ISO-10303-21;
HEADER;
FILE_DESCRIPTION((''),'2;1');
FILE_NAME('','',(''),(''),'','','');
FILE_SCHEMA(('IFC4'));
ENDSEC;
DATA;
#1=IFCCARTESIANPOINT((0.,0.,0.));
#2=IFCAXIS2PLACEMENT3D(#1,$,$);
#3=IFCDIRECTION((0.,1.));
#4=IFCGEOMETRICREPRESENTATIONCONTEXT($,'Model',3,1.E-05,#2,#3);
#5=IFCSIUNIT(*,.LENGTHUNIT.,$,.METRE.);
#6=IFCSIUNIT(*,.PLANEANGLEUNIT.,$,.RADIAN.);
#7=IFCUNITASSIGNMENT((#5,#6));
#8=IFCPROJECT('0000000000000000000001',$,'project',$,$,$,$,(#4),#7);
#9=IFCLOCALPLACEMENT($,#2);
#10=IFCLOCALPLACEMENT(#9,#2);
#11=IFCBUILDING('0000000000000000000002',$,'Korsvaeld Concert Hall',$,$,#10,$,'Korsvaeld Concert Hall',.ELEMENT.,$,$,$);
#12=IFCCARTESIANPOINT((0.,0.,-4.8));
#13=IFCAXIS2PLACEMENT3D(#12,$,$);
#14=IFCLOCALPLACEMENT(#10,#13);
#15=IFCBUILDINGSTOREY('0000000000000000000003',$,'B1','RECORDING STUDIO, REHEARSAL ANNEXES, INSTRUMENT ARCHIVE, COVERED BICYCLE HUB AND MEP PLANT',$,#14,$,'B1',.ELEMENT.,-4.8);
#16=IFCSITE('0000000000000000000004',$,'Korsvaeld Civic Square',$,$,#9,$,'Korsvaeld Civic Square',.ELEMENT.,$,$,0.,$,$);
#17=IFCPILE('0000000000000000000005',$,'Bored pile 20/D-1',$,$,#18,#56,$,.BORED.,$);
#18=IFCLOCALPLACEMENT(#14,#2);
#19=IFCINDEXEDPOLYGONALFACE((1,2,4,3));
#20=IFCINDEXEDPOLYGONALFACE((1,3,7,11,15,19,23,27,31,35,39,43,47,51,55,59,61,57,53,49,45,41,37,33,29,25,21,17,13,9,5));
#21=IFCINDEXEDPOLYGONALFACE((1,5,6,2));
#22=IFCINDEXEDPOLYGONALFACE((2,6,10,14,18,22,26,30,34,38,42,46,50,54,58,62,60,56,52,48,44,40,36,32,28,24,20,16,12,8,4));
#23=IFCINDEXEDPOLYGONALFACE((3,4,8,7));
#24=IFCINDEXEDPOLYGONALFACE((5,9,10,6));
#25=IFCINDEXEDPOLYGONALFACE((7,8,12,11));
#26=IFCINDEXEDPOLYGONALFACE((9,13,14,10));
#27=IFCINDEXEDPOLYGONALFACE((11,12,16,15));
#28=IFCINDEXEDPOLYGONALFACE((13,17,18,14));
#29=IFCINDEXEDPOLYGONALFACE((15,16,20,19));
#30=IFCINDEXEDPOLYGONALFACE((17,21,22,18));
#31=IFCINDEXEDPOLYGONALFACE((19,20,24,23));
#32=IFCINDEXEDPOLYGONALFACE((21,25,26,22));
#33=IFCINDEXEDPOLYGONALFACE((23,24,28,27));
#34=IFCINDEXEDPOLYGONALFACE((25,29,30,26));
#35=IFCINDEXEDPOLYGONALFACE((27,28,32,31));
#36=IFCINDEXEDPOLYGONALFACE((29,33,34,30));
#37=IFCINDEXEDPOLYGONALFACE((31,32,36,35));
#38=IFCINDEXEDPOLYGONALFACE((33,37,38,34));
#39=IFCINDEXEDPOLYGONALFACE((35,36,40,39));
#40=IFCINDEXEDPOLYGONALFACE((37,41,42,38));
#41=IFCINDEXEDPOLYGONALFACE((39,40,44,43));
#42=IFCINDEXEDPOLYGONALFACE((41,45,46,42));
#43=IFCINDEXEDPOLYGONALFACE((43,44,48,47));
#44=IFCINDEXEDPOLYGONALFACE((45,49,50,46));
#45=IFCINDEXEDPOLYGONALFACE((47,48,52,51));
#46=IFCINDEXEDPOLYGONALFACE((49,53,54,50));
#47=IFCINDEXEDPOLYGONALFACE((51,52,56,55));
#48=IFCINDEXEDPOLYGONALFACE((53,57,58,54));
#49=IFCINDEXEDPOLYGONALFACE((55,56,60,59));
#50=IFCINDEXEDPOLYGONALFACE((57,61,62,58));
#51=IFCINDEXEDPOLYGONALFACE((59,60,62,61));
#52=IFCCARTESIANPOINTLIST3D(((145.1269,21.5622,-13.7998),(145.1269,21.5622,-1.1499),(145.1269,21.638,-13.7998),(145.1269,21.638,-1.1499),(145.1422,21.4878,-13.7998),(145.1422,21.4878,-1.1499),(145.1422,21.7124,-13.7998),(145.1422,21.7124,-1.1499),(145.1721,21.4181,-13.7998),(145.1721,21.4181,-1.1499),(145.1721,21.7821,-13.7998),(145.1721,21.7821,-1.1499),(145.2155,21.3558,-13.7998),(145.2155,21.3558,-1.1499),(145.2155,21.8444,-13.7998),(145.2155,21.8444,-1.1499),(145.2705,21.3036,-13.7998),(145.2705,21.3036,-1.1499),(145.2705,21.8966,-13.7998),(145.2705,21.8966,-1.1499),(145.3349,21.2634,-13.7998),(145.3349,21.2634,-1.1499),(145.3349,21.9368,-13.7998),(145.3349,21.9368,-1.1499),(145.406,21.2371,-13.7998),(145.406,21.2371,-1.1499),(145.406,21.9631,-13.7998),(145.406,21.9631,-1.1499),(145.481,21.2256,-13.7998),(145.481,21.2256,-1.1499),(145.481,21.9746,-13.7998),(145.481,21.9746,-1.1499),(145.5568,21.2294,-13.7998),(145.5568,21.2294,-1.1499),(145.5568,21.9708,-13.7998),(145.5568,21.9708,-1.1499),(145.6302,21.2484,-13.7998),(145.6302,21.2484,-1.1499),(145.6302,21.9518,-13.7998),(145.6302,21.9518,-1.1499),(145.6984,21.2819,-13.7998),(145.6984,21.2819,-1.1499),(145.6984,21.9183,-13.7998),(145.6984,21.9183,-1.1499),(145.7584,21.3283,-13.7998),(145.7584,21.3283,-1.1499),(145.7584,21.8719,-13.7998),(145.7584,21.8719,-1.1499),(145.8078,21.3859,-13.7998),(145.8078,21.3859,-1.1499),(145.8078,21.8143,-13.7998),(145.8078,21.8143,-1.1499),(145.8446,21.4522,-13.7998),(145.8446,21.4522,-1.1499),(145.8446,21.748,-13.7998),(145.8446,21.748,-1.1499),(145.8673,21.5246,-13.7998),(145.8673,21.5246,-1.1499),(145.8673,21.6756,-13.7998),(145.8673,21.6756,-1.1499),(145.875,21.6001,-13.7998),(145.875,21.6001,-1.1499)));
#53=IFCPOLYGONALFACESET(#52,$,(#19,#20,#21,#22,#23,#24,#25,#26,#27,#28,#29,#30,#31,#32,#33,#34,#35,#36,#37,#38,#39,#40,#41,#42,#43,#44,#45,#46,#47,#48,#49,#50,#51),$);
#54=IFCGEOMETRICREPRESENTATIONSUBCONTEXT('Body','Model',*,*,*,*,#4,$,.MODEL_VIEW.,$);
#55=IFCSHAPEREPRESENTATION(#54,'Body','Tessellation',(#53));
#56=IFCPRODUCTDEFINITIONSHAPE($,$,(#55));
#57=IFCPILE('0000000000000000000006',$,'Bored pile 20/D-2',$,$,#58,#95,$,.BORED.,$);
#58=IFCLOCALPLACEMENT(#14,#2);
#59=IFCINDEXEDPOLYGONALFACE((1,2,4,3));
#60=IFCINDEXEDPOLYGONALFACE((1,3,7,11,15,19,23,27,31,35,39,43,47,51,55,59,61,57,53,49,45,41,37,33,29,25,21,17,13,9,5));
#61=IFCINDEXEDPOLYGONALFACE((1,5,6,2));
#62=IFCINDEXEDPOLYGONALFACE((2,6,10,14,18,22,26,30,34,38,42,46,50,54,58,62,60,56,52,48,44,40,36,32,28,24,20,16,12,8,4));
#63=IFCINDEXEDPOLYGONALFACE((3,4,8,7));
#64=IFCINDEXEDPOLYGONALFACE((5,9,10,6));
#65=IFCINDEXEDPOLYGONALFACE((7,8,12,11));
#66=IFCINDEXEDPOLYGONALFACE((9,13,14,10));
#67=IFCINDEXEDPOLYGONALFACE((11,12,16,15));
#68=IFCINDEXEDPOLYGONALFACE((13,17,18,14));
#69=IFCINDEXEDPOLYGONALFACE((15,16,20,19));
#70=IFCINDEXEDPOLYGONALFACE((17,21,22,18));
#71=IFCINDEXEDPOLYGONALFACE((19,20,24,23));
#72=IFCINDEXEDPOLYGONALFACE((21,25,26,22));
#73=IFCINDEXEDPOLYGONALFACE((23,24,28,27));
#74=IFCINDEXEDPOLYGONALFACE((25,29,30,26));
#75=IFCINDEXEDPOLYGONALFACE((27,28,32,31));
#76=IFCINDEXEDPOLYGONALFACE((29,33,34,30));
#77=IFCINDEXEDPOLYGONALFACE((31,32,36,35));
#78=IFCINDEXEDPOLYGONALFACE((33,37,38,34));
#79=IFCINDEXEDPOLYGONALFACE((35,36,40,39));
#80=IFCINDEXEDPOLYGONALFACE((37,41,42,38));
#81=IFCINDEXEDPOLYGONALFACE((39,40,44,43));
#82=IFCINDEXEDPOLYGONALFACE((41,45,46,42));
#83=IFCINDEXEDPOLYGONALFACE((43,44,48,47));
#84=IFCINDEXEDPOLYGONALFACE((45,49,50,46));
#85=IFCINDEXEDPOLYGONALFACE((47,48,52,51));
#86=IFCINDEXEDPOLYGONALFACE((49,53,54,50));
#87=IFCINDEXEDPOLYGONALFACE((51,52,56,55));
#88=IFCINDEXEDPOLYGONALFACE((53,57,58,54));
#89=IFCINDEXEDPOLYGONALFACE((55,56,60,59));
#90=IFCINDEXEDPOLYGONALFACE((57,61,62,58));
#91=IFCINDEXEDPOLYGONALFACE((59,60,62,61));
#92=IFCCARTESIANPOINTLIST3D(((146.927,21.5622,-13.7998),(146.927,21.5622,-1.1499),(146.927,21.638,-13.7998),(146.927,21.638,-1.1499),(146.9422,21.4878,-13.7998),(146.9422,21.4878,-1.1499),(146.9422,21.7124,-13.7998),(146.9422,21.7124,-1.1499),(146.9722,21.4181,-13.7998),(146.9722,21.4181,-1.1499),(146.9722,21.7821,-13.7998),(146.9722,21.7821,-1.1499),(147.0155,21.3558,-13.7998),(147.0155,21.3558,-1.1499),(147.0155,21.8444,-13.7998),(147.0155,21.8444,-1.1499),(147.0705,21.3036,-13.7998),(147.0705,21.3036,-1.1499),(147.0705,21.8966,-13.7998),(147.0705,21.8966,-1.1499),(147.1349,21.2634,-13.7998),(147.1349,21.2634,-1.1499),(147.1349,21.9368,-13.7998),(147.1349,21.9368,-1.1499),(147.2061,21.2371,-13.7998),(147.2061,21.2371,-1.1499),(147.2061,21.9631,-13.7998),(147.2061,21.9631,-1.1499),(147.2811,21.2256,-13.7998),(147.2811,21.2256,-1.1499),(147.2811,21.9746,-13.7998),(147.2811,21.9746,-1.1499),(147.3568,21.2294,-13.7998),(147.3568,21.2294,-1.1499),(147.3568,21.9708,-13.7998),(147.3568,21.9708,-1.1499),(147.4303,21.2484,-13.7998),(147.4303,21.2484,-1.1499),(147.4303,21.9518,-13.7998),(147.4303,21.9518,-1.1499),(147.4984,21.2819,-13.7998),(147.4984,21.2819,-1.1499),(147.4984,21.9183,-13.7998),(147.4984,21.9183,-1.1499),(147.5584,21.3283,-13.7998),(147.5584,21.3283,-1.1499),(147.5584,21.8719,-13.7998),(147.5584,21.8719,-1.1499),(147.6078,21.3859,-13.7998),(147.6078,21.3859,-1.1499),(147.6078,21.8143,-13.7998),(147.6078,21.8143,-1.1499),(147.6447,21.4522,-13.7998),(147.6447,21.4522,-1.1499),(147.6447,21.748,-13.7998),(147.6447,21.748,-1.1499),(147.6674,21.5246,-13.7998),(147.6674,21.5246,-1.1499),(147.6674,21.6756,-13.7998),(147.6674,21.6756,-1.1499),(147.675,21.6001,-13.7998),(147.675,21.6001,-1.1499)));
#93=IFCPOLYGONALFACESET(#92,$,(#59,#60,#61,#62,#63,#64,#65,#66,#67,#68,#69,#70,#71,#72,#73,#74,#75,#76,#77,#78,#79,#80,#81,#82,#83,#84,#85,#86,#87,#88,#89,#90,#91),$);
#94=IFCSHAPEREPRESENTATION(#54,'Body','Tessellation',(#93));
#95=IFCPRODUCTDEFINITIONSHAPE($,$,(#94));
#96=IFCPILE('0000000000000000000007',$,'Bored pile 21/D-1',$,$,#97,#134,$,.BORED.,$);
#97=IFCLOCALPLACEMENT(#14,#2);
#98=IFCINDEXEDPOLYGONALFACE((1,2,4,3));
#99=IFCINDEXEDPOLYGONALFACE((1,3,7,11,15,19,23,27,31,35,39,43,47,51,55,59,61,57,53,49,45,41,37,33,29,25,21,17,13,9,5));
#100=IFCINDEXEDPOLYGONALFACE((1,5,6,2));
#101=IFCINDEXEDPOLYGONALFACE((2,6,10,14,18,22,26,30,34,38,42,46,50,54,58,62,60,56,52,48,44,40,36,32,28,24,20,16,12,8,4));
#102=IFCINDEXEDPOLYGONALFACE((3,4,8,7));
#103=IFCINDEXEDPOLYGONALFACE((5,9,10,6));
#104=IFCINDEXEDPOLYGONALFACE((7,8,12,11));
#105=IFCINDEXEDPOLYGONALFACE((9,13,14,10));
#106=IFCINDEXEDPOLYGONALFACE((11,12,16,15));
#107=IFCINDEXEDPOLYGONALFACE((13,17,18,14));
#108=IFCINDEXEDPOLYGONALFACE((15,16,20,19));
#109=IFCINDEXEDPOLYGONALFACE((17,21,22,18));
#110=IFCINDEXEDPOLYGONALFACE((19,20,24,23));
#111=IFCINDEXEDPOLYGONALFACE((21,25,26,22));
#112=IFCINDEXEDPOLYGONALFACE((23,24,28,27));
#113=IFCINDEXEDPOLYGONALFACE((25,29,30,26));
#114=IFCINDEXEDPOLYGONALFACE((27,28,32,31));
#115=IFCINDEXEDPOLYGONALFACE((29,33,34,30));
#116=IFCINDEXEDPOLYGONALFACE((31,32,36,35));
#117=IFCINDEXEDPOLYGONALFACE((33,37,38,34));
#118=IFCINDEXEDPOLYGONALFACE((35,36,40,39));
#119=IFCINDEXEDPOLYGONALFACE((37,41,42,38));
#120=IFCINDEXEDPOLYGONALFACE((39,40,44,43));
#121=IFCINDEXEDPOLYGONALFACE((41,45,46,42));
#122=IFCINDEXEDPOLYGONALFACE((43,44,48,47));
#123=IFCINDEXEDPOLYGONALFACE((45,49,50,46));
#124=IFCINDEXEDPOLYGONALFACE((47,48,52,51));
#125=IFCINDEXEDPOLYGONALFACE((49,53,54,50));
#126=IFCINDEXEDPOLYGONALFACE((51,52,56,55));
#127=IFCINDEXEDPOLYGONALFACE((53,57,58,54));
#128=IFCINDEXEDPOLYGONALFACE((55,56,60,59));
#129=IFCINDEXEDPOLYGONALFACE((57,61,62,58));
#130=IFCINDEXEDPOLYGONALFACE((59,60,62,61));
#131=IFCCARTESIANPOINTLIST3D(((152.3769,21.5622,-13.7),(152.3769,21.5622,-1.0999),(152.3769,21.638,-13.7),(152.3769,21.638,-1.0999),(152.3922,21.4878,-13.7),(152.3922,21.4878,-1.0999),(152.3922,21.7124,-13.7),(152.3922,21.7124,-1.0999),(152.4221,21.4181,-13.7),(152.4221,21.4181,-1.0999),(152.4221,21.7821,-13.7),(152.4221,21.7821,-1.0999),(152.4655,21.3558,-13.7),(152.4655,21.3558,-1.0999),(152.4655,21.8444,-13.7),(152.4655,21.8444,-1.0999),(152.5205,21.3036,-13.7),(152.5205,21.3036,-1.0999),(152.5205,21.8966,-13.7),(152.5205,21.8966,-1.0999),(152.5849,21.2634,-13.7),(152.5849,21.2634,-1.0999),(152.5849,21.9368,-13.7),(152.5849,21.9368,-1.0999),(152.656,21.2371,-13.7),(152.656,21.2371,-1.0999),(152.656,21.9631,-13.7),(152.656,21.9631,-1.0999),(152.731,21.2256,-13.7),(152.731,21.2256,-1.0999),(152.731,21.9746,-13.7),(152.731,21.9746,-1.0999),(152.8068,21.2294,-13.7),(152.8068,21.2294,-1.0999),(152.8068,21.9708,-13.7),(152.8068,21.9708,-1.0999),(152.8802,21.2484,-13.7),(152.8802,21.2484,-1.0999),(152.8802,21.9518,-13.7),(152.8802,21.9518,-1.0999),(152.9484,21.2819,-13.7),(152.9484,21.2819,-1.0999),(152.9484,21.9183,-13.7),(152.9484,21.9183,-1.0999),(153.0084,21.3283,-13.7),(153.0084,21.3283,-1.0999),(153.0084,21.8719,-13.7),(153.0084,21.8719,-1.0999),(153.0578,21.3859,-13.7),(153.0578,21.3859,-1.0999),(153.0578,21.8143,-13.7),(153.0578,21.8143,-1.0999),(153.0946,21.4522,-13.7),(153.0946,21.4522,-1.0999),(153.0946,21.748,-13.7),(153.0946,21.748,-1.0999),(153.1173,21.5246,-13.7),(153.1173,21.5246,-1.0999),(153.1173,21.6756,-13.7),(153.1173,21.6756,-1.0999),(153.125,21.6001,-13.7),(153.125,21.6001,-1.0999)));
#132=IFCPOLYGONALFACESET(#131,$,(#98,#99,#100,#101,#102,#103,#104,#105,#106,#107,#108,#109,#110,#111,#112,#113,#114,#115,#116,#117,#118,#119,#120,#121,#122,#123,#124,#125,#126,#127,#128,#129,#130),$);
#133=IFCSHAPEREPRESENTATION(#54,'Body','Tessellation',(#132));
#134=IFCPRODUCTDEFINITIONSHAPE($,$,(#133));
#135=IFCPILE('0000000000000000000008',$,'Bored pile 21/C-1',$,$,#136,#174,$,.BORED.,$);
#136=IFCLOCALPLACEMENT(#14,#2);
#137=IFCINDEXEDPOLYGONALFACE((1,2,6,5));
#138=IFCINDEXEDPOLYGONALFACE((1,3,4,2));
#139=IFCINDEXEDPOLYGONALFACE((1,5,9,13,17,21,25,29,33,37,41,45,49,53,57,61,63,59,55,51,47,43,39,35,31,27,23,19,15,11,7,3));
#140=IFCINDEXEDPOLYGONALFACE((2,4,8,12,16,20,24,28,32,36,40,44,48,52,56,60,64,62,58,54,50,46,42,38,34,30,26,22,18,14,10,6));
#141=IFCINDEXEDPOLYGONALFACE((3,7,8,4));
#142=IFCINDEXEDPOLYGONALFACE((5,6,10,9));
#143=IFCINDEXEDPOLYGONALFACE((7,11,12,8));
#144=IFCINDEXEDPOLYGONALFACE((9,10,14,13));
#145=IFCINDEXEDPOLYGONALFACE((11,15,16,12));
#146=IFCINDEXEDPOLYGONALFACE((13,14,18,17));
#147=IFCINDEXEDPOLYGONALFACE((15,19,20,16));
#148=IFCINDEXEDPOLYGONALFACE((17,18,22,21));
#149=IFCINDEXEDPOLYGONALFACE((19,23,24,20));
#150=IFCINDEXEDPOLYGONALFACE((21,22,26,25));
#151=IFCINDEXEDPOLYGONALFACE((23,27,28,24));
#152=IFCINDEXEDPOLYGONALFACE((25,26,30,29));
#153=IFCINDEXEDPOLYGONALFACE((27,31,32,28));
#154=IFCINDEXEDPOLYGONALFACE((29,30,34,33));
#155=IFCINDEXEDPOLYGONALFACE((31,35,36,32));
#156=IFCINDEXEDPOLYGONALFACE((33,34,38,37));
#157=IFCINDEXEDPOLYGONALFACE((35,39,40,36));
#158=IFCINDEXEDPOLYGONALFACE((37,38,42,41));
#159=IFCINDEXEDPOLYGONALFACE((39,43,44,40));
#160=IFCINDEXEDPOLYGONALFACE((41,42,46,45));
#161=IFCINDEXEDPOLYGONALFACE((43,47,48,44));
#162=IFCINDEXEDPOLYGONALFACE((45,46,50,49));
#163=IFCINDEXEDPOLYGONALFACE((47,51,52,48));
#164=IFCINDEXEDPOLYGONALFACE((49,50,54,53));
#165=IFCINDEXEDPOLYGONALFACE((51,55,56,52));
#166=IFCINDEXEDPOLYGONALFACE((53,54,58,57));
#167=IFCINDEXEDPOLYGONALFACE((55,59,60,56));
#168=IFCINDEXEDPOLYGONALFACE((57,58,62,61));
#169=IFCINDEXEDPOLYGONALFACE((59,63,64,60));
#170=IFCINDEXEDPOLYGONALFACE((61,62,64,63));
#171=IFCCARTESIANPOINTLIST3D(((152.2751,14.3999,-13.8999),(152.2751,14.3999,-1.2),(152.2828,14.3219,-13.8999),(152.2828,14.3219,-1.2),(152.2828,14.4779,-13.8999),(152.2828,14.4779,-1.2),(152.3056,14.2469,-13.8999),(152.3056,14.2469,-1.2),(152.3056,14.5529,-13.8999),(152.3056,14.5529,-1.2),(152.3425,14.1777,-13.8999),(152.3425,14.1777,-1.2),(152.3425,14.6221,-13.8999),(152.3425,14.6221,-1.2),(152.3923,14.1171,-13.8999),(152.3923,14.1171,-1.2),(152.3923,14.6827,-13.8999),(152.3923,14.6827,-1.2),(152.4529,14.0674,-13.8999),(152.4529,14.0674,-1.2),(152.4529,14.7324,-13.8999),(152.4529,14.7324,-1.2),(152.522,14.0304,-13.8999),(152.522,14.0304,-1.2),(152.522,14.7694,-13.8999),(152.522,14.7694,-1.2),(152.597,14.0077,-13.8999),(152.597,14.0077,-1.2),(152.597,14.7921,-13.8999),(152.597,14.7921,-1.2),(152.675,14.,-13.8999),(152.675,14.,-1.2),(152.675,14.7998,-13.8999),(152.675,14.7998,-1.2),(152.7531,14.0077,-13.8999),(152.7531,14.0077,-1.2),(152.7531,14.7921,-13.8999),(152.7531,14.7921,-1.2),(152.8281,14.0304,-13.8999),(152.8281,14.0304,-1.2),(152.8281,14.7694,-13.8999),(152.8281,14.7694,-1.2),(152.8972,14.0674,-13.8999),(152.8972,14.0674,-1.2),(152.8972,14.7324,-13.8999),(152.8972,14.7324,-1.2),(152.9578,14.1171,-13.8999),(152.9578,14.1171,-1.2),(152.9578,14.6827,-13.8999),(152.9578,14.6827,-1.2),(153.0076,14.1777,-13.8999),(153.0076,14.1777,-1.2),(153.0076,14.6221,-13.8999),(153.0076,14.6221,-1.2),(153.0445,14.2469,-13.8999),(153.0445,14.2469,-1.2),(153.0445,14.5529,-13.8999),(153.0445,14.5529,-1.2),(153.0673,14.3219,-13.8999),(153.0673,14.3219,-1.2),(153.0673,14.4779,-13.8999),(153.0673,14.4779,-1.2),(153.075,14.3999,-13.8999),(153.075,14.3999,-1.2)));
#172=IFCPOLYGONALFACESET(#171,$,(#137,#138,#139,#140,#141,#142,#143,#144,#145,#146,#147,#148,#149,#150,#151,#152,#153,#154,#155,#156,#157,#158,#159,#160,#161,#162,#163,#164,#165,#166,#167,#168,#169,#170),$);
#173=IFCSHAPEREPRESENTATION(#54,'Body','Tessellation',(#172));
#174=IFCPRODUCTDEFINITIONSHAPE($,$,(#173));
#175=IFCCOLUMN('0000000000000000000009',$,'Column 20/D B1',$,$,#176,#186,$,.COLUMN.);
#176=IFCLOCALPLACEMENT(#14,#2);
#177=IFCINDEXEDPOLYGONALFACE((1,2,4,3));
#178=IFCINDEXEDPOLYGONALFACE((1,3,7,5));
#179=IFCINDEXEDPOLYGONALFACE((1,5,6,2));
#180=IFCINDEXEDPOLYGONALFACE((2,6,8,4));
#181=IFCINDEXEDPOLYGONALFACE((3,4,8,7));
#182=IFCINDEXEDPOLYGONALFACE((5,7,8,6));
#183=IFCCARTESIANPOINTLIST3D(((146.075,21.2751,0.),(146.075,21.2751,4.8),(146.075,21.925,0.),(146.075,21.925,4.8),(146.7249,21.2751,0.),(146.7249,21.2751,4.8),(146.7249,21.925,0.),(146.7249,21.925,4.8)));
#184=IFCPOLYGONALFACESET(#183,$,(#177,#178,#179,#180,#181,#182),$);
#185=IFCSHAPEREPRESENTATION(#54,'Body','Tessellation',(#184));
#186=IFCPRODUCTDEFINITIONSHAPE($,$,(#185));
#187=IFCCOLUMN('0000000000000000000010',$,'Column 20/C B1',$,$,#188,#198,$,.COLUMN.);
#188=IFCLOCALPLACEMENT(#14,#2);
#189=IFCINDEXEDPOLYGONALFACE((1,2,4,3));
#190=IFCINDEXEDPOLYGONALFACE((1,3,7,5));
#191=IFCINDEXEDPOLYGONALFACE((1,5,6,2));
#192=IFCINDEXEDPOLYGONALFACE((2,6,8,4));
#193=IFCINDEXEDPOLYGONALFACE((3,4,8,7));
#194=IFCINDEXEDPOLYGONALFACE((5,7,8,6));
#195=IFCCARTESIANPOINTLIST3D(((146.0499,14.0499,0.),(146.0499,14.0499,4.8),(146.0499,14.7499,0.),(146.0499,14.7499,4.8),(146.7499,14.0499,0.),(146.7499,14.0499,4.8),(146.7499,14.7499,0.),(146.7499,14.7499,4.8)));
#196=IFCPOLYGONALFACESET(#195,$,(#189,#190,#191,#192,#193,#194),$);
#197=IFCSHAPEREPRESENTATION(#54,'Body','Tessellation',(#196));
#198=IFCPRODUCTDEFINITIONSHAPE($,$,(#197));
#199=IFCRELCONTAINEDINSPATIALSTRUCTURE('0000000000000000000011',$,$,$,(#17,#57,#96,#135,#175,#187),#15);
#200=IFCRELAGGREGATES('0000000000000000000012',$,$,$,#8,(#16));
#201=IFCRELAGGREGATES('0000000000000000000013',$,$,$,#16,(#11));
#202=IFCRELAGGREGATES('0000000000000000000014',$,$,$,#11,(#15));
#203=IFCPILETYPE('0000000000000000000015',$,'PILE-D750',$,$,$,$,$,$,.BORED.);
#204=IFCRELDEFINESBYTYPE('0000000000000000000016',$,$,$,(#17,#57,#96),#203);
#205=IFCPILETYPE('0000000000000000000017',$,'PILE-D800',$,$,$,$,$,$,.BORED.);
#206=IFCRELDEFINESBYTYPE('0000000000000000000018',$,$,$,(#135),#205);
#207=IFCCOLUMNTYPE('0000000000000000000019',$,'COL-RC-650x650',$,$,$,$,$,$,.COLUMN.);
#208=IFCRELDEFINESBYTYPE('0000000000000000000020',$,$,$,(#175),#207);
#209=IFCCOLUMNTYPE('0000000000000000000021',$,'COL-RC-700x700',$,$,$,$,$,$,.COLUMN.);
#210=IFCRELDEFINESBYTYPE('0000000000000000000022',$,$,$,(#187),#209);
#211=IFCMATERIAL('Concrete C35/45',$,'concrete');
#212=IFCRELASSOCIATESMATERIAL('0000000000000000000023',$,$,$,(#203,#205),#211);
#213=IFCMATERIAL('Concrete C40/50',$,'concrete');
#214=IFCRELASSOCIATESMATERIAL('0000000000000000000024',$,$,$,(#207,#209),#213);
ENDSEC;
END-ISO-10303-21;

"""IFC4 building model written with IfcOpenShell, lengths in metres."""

from ifc_helpers import new_model, si_unit, direction, frame, origin, origin_2d, place, context, subcontext, project, spatial, rectangle, circle, extrude, material, material_profile, profile_set, type_object, element, save


model = new_model("IFC4")

# Units and contexts
model_context = context("Model", 3, precision=1e-05, world=origin(), true_north=direction((0.0, 1.0)))
body_context = subcontext(model_context, "Body", "Model", "MODEL_VIEW")
ifc_project = project(units=[si_unit("LENGTHUNIT", "METRE"), si_unit("PLANEANGLEUNIT", "RADIAN")], contexts=[model_context])

# Site, building, storey
site_placement = place(None, origin())
site = spatial("IfcSite", under=ifc_project, at=site_placement, Name="Korsvaeld Civic Square", LongName="Korsvaeld Civic Square", CompositionType="ELEMENT", RefElevation=0.0)
building_placement = place(site_placement, origin())
building = spatial("IfcBuilding", under=site, at=building_placement, Name="Korsvaeld Concert Hall", LongName="Korsvaeld Concert Hall", CompositionType="ELEMENT")
storey_placement = place(building_placement, frame((0.0, 0.0, -4.8)))
storey = spatial("IfcBuildingStorey", under=building, at=storey_placement, Name="B1", Description="RECORDING STUDIO, REHEARSAL ANNEXES, INSTRUMENT ARCHIVE, COVERED BICYCLE HUB AND MEP PLANT", LongName="B1", CompositionType="ELEMENT", Elevation=-4.8)

# Shared definitions
ifc_material_1 = material(Name="Concrete C35/45", Category="concrete")

# Piles
ifc_material_profile_1 = material_profile(ifc_material_1, circle(Radius=0.375, at=origin_2d()), Name="BORED PILE D750")
ifc_profile_set_1 = profile_set([ifc_material_profile_1], Name="Concrete C35/45")
pile_type_1 = type_object("IfcPileType", Name="PILE-D750", PredefinedType="BORED", material=ifc_profile_set_1)
for number, where, z_axis, x_axis, name in (
    (1, (145.5, 21.6001, -1.1499), (0.0, 0.0, -1.0), (1.0, 0.0, 0.0), "Bored pile 20/D-1"),
    (2, (147.3, 21.6001, -1.1499), (0.0, 0.0, -1.0), (1.0, 0.0, 0.0), "Bored pile 20/D-2"),
):
    element("IfcPile", number, at=place(storey_placement, frame(where, z_axis=z_axis, x_axis=x_axis)), inside=storey, type_object=pile_type_1, Name=name, PredefinedType="BORED", context=body_context, shape_type="SweptSolid", body=[
        extrude(circle(Radius=0.375, at=origin_2d()), origin(), (0.0, 0.0, 1.0), 12.6499),
    ])
pile_1_placement = place(storey_placement, frame((152.75, 21.6001, -1.0999), z_axis=(0.0, 0.0, -1.0), x_axis=(1.0, 0.0, 0.0)))
element("IfcPile", 3, at=pile_1_placement, inside=storey, type_object=pile_type_1, Name="Bored pile 21/D-1", PredefinedType="BORED", context=body_context, shape_type="SweptSolid", body=[
    extrude(circle(Radius=0.375, at=origin_2d()), origin(), (0.0, 0.0, 1.0), 12.6001),
])
ifc_material_profile_2 = material_profile(ifc_material_1, circle(Radius=0.3999, at=origin_2d()), Name="BORED PILE D800")
ifc_profile_set_2 = profile_set([ifc_material_profile_2], Name="Concrete C35/45")
pile_type_2 = type_object("IfcPileType", Name="PILE-D800", PredefinedType="BORED", material=ifc_profile_set_2)
pile_2_placement = place(storey_placement, frame((152.675, 14.3999, -1.2), z_axis=(0.0, 0.0, -1.0), x_axis=(1.0, 0.0, 0.0)))
element("IfcPile", 4, at=pile_2_placement, inside=storey, type_object=pile_type_2, Name="Bored pile 21/C-1", PredefinedType="BORED", context=body_context, shape_type="SweptSolid", body=[
    extrude(circle(Radius=0.3999, at=origin_2d()), origin(), (0.0, 0.0, 1.0), 12.7),
])

# Columns
ifc_material_2 = material(Name="Concrete C40/50", Category="concrete")
ifc_material_profile_3 = material_profile(ifc_material_2, rectangle(XDim=0.6499, YDim=0.6499, at=origin_2d()), Name="RC 650x650")
ifc_profile_set_3 = profile_set([ifc_material_profile_3], Name="Concrete C40/50")
column_type_1 = type_object("IfcColumnType", Name="COL-RC-650x650", PredefinedType="COLUMN", material=ifc_profile_set_3)
column_1_placement = place(storey_placement, frame((146.3999, 21.6001, 0.0), z_axis=(0.0, 0.0, 1.0), x_axis=(1.0, 0.0, 0.0)))
element("IfcColumn", 5, at=column_1_placement, inside=storey, type_object=column_type_1, Name="Column 20/D B1", PredefinedType="COLUMN", context=body_context, shape_type="SweptSolid", body=[
    extrude(rectangle(XDim=0.6499, YDim=0.6499, at=origin_2d()), origin(), (0.0, 0.0, 1.0), 4.8),
])
ifc_material_profile_4 = material_profile(ifc_material_2, rectangle(XDim=0.7, YDim=0.7, at=origin_2d()), Name="RC 700x700")
ifc_profile_set_4 = profile_set([ifc_material_profile_4], Name="Concrete C40/50")
column_type_2 = type_object("IfcColumnType", Name="COL-RC-700x700", PredefinedType="COLUMN", material=ifc_profile_set_4)
column_2_placement = place(storey_placement, frame((146.3999, 14.3999, 0.0), z_axis=(0.0, 0.0, 1.0), x_axis=(1.0, 0.0, 0.0)))
element("IfcColumn", 6, at=column_2_placement, inside=storey, type_object=column_type_2, Name="Column 20/C B1", PredefinedType="COLUMN", context=body_context, shape_type="SweptSolid", body=[
    extrude(rectangle(XDim=0.7, YDim=0.7, at=origin_2d()), origin(), (0.0, 0.0, 1.0), 4.8),
])

save(model, "model.ifc")
